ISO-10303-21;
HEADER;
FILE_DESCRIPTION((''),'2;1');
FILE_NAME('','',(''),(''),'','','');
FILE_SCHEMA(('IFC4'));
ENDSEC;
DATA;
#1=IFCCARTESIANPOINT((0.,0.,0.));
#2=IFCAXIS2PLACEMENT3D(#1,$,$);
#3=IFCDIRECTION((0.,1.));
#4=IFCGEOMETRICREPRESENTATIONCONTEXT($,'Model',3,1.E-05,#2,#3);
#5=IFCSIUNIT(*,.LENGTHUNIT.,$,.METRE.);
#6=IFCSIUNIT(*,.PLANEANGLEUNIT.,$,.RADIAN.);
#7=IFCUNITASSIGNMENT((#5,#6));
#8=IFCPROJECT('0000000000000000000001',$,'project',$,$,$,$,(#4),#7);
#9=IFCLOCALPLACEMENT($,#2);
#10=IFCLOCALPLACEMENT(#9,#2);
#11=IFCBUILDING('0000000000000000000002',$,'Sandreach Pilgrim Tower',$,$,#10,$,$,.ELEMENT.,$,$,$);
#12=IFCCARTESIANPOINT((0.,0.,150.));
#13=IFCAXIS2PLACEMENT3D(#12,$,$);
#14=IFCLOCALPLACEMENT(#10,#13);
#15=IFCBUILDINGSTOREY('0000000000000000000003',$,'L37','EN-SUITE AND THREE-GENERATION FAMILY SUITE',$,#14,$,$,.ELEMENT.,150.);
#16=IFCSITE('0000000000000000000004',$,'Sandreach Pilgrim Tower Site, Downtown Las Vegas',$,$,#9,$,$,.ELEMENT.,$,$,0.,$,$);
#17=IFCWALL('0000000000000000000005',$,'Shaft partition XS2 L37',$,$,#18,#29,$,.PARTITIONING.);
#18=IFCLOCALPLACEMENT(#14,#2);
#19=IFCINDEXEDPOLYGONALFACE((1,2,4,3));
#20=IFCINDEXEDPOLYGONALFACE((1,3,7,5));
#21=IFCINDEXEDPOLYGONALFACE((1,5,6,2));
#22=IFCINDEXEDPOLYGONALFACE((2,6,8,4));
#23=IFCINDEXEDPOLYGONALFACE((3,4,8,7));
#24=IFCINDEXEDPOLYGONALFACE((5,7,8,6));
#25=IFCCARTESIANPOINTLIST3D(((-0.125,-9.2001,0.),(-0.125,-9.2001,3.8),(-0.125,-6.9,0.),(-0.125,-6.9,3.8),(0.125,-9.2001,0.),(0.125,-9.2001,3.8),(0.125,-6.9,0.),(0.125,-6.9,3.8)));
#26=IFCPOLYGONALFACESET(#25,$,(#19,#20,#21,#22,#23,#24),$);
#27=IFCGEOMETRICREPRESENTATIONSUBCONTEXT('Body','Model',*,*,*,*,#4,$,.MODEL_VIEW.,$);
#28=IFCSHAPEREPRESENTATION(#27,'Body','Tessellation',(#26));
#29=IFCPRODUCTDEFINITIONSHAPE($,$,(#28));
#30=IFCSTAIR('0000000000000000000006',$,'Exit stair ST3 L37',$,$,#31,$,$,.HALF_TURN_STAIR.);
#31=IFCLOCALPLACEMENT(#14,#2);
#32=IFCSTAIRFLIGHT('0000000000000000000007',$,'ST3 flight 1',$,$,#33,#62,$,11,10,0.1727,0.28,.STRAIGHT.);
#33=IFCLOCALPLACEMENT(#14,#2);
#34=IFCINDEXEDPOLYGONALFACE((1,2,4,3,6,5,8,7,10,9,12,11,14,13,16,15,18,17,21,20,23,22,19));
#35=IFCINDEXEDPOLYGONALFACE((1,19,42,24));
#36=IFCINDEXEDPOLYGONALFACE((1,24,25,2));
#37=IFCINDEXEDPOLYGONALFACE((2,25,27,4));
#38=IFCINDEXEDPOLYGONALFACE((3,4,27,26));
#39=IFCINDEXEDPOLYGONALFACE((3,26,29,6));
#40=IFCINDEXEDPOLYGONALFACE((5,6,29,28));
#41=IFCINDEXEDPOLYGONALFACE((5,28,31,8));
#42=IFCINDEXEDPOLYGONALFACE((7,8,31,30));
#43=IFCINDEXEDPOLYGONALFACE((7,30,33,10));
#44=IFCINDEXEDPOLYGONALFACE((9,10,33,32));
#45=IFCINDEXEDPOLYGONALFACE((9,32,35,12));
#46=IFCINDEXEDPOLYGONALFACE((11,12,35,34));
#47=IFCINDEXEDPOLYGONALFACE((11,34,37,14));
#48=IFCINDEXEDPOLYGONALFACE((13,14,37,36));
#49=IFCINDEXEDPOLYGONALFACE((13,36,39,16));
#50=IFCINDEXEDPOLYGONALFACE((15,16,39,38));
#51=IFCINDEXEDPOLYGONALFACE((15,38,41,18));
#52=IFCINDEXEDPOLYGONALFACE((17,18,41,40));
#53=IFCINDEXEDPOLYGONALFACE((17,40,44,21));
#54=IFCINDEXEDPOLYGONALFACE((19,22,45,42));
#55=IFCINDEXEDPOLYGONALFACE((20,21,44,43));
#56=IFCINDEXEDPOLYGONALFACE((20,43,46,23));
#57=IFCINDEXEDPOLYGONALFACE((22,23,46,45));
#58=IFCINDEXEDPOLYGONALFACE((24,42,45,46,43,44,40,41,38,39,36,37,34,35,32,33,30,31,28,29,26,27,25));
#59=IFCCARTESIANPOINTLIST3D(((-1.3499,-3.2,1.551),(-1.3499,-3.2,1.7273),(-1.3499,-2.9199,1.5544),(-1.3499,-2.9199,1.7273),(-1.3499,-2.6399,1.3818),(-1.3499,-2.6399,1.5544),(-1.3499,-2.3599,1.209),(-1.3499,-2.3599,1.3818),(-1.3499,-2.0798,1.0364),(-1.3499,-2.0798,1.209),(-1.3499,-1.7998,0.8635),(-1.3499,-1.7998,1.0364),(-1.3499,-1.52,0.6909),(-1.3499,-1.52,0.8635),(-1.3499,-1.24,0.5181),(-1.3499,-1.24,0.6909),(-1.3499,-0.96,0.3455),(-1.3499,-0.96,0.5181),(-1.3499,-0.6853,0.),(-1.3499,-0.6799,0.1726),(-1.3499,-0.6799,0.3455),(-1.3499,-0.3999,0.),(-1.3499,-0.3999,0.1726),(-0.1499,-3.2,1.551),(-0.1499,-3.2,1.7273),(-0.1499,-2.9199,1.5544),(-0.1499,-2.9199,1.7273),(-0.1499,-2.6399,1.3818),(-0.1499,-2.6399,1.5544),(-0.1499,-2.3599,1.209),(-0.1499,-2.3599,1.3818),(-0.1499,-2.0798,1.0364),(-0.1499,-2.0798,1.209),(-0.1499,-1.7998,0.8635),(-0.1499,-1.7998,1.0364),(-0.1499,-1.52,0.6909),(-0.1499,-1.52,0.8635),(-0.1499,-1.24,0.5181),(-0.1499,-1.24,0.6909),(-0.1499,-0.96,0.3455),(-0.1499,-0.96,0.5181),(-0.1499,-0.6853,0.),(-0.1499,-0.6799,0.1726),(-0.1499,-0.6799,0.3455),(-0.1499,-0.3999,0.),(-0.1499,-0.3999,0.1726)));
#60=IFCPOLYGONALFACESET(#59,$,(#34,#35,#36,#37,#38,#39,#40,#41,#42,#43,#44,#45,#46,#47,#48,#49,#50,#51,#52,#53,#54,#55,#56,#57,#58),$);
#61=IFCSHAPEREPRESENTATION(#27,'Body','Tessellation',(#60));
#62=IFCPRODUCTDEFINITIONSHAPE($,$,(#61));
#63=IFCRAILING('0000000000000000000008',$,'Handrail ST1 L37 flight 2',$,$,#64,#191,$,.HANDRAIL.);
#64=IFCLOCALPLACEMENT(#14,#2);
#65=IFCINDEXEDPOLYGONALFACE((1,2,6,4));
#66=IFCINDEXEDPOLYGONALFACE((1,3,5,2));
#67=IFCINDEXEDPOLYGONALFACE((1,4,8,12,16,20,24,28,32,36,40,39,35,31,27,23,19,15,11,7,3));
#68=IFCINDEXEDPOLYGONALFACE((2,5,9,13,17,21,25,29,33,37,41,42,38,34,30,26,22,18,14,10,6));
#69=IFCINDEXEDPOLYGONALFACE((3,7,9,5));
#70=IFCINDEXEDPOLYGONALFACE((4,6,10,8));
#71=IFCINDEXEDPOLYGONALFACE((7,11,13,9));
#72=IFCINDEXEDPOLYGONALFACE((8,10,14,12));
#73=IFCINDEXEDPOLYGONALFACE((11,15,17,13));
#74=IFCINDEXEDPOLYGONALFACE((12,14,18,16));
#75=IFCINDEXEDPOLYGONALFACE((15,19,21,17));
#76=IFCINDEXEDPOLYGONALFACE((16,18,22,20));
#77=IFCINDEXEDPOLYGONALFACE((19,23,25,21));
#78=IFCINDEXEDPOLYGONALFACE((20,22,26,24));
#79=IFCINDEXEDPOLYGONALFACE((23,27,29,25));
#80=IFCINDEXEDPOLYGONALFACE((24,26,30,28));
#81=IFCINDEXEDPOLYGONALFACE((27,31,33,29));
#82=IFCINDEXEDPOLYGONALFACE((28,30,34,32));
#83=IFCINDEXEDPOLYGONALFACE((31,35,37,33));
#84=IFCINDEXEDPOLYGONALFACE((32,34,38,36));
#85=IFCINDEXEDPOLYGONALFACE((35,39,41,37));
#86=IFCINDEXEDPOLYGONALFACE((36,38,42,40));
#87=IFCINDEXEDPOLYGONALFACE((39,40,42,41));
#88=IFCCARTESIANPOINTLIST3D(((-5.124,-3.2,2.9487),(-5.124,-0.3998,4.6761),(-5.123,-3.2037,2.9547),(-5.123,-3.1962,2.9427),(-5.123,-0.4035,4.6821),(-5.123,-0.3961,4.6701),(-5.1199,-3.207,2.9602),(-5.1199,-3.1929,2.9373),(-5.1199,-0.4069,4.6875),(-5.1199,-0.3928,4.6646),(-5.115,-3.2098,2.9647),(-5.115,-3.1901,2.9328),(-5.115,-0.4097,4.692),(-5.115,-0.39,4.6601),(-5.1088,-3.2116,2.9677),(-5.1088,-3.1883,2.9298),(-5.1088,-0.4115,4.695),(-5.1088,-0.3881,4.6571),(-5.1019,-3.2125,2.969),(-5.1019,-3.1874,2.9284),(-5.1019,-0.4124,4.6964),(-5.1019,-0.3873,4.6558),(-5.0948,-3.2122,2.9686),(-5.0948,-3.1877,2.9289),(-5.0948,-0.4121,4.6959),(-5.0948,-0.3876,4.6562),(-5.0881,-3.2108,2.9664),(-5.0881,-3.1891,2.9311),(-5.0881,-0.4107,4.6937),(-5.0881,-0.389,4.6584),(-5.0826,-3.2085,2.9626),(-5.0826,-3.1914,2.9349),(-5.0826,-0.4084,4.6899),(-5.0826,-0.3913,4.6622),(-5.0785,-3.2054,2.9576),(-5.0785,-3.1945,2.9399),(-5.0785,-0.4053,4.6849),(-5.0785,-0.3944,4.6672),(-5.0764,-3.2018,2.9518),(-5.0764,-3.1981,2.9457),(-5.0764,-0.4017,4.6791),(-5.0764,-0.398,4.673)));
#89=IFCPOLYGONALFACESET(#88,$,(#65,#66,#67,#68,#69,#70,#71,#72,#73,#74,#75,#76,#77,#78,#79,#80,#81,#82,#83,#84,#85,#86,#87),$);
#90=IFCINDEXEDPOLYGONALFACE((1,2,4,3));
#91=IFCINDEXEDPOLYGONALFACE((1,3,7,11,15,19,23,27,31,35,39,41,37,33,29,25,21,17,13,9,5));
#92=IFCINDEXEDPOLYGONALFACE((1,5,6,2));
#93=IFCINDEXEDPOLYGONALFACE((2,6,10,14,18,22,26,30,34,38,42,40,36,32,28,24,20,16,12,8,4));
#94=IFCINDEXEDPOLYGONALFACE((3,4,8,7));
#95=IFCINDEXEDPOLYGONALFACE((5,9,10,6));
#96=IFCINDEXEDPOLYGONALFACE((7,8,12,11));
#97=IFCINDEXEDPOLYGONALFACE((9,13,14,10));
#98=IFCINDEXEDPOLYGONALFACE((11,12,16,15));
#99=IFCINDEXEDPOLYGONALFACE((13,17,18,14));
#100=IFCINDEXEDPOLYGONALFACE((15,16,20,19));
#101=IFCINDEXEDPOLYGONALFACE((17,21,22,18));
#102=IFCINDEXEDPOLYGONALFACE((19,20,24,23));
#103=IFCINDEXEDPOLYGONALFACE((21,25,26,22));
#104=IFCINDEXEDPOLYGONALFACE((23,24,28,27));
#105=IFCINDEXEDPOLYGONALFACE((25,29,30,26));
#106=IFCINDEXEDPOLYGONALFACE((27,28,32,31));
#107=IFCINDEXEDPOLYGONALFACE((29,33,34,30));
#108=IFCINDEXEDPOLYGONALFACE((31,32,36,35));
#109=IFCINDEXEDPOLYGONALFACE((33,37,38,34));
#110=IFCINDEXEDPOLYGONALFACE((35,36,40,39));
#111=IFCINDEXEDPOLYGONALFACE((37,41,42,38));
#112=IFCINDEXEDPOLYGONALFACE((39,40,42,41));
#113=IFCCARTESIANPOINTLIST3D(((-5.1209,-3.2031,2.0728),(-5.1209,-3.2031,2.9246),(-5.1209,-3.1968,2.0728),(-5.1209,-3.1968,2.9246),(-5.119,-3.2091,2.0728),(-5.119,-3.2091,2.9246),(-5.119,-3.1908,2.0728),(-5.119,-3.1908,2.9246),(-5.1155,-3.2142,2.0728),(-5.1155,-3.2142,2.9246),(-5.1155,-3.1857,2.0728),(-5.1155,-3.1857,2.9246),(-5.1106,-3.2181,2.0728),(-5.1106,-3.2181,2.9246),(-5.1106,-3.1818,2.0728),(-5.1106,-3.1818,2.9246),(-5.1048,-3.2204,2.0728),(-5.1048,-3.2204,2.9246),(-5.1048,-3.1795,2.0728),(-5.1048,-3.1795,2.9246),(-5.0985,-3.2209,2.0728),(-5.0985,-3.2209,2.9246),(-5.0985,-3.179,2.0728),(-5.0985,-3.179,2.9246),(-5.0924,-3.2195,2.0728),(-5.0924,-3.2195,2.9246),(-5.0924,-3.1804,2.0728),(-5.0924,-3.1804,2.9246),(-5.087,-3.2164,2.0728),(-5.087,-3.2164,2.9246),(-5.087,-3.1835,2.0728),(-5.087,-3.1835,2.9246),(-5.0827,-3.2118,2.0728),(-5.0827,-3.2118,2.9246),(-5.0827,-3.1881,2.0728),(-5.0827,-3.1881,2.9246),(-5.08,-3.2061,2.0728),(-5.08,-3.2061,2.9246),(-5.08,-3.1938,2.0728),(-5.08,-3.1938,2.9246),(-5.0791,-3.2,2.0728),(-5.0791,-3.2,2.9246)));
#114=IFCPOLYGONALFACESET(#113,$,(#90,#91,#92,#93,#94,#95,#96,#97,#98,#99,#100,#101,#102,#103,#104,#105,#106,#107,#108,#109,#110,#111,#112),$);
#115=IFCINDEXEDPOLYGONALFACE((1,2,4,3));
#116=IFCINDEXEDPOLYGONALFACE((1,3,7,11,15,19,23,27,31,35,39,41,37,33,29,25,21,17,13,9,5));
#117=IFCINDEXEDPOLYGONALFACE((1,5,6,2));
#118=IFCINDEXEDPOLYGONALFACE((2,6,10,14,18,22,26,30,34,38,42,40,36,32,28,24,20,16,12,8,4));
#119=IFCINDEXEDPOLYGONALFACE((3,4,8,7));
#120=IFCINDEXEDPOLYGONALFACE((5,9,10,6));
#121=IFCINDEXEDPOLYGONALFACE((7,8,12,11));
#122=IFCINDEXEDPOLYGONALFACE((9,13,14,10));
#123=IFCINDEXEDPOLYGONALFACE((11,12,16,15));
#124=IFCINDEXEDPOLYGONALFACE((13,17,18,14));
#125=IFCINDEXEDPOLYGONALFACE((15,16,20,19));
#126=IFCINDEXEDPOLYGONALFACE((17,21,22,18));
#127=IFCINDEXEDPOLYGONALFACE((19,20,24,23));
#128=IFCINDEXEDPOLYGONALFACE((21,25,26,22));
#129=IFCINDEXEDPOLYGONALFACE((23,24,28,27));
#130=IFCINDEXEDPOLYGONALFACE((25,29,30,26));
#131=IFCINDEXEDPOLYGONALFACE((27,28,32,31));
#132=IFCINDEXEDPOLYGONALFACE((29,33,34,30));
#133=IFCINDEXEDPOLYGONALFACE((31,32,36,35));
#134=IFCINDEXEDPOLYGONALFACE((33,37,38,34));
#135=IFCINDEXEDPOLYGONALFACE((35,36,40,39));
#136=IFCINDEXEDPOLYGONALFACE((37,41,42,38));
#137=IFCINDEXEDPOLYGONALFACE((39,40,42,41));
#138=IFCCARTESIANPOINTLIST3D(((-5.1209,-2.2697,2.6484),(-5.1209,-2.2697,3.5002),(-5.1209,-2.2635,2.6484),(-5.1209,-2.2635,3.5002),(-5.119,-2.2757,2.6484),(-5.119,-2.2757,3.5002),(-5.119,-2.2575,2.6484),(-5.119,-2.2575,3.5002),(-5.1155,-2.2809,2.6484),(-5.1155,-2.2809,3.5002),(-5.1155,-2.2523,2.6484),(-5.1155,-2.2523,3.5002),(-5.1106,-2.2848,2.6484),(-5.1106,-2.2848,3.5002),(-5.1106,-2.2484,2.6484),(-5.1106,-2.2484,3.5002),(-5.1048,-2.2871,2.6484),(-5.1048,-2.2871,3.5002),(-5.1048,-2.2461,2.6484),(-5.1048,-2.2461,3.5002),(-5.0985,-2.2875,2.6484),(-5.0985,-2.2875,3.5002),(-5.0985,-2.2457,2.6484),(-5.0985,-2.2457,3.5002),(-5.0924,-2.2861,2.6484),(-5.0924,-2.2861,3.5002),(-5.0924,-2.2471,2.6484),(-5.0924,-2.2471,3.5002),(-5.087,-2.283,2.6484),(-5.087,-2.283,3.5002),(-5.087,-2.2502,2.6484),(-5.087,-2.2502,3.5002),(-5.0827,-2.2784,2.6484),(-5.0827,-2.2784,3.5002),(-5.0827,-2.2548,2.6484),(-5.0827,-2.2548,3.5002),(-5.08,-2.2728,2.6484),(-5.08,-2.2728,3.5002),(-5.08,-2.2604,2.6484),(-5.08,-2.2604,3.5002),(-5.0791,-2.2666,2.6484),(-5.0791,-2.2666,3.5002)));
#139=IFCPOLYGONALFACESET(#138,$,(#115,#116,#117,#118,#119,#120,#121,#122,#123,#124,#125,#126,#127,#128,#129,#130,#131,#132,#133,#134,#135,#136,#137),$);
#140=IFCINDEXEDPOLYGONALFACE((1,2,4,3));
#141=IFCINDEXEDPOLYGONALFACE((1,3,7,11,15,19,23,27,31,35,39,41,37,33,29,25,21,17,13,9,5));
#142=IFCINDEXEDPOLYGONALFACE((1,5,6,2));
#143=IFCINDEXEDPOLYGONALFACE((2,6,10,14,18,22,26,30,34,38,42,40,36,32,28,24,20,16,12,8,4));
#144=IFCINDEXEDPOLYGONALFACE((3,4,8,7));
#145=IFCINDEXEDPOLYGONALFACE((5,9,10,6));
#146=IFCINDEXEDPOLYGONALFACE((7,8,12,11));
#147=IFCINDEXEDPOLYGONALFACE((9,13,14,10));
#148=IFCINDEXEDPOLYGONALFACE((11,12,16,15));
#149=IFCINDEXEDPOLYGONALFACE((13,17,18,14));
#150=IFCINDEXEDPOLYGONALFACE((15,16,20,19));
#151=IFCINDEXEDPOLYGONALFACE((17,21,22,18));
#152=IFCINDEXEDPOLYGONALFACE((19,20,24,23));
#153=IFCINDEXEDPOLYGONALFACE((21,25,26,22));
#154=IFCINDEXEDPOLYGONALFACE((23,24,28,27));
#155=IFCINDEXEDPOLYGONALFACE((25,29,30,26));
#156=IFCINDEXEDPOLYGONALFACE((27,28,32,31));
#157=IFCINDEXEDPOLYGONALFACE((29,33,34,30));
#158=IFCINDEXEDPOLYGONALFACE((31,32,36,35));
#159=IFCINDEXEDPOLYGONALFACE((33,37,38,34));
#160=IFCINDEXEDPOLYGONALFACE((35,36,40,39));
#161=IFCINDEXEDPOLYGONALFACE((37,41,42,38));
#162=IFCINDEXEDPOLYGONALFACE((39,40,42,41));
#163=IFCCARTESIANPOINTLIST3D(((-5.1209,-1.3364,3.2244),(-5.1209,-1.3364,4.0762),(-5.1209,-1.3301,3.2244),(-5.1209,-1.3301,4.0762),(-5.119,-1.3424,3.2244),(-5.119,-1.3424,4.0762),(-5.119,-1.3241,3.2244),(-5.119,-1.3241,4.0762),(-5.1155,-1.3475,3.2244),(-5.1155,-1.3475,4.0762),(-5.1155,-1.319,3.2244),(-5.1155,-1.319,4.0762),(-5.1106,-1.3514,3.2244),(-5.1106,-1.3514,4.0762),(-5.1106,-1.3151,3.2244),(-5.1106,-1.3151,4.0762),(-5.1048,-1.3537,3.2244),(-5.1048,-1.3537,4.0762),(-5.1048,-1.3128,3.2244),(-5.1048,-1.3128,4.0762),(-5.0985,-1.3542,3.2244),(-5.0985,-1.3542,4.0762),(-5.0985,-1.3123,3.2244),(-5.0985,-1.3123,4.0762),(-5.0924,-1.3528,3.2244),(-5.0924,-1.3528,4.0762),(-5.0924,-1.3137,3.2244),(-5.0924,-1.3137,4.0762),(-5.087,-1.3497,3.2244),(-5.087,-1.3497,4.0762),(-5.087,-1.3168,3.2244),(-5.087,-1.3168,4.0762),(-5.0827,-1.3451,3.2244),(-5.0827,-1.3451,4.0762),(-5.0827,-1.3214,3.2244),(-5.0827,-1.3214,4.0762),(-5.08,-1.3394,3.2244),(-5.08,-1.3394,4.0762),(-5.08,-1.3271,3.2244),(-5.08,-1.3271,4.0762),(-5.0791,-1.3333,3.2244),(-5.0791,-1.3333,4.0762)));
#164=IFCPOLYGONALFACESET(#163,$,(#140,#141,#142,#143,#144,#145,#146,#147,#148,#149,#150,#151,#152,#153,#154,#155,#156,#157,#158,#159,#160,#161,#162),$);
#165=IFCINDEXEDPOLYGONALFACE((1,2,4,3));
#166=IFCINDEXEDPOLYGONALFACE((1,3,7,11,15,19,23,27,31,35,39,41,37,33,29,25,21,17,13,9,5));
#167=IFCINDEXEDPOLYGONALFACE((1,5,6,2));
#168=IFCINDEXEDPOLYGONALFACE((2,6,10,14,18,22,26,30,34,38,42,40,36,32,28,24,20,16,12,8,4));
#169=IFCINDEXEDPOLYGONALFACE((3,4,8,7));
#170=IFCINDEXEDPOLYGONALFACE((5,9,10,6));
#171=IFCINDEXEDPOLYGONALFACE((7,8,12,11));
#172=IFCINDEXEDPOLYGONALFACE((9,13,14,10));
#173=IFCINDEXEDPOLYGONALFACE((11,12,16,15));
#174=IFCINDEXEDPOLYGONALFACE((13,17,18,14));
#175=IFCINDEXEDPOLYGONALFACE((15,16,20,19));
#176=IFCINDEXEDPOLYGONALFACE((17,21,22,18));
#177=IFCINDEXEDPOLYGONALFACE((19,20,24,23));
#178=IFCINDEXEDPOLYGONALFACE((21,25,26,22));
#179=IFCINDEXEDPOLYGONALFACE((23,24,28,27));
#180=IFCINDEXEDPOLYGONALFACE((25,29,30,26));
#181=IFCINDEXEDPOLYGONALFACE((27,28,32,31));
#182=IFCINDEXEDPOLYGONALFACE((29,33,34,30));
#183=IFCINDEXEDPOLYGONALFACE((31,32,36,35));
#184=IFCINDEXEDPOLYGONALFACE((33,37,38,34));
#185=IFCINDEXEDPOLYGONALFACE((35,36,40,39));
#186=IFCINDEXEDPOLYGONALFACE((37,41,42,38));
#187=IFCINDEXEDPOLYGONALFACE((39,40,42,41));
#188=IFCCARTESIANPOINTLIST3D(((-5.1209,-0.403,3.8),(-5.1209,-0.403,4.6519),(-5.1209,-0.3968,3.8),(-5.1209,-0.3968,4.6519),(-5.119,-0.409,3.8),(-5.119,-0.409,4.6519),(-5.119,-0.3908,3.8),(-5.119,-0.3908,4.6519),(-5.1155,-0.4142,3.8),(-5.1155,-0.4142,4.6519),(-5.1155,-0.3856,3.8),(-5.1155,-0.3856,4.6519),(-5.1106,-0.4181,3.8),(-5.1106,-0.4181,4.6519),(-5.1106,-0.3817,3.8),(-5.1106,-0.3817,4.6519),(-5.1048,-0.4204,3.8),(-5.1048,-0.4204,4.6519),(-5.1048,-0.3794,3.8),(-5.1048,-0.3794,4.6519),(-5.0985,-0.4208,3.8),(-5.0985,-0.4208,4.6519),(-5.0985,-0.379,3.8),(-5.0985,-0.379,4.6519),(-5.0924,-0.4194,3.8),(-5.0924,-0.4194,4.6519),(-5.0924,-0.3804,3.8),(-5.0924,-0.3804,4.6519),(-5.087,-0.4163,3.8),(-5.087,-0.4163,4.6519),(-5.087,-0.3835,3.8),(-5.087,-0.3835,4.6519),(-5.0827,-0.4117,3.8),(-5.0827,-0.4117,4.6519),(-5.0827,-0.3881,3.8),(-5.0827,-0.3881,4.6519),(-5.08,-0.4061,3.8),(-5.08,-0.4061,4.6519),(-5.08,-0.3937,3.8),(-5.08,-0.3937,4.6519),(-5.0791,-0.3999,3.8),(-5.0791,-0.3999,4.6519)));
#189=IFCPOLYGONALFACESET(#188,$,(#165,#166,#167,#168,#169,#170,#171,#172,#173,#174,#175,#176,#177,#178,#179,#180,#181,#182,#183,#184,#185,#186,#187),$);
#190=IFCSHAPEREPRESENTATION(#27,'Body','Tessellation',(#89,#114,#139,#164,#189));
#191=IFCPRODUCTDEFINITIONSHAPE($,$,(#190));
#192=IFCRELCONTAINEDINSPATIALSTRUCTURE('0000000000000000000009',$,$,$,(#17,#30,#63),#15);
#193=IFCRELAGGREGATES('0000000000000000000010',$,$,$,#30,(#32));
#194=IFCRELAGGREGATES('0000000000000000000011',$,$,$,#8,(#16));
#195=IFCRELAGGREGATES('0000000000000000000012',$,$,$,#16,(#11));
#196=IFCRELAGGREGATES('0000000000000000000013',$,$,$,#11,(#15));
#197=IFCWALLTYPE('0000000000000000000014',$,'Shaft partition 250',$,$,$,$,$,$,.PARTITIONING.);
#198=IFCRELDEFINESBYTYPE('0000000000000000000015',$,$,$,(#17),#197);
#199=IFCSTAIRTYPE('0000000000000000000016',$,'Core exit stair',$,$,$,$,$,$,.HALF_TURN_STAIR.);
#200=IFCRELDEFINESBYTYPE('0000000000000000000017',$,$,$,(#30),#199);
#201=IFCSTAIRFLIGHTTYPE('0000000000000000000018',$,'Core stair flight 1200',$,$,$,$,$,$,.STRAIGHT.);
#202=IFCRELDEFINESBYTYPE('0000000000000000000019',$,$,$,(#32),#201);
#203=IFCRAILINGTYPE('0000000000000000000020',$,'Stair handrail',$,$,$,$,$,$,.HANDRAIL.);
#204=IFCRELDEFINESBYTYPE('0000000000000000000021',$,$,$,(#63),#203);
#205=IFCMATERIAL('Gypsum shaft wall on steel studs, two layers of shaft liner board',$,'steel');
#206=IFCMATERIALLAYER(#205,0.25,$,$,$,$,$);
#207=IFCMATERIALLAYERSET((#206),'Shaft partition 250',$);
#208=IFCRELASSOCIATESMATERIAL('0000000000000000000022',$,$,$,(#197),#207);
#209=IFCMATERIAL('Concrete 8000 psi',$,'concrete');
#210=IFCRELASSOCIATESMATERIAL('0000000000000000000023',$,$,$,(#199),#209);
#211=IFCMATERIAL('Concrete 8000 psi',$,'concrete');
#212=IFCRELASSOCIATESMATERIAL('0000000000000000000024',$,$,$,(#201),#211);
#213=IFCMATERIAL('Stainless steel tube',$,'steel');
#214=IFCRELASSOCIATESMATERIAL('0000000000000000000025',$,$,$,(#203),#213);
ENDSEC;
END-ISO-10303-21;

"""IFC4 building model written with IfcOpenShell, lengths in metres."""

from ifc_helpers import new_model, si_unit, direction, frame, frame_2d, origin, origin_2d, place, context, subcontext, project, spatial, polyline, rectangle, circle, outline, extrude, material, layer, layer_set, type_object, element, aggregate, save


model = new_model("IFC4")

# Units and contexts
model_context = context("Model", 3, precision=1e-05, world=origin(), true_north=direction((0.0, 1.0)))
body_context = subcontext(model_context, "Body", "Model", "MODEL_VIEW")
ifc_project = project(units=[si_unit("LENGTHUNIT", "METRE"), si_unit("PLANEANGLEUNIT", "RADIAN")], contexts=[model_context])

# Site, building, storey
site_placement = place(None, origin())
site = spatial("IfcSite", under=ifc_project, at=site_placement, Name="Sandreach Pilgrim Tower Site, Downtown Las Vegas", CompositionType="ELEMENT", RefElevation=0.0)
building_placement = place(site_placement, origin())
building = spatial("IfcBuilding", under=site, at=building_placement, Name="Sandreach Pilgrim Tower", CompositionType="ELEMENT")
storey_placement = place(building_placement, frame((0.0, 0.0, 150.0)))
storey = spatial("IfcBuildingStorey", under=building, at=storey_placement, Name="L37", Description="EN-SUITE AND THREE-GENERATION FAMILY SUITE", CompositionType="ELEMENT", Elevation=150.0)

# Wall
ifc_material_1 = material(Name="Gypsum shaft wall on steel studs, two layers of shaft liner board", Category="steel")
ifc_layer_1 = layer(ifc_material_1, 0.25)
ifc_layer_set_1 = layer_set([ifc_layer_1], Name="Shaft partition 250")
wall_type_1 = type_object("IfcWallType", Name="Shaft partition 250", PredefinedType="PARTITIONING", material=ifc_layer_set_1)
wall_1_placement = place(storey_placement, frame((0.0, -9.2, 0.0), z_axis=(0.0, 0.0, 1.0), x_axis=(0.0, 1.0, 0.0)))
element("IfcWall", 1, at=wall_1_placement, inside=storey, type_object=wall_type_1, Name="Shaft partition XS2 L37", PredefinedType="PARTITIONING", context=body_context, shape_type="SweptSolid", body=[
    extrude(rectangle(XDim=2.3, YDim=0.25, at=frame_2d((1.1499, 0.0))), origin(), (0.0, 0.0, 1.0), 3.8),
])

# Stair, stair flight
ifc_material_2 = material(Name="Concrete 8000 psi", Category="concrete")
stair_type = type_object("IfcStairType", Name="Core exit stair", PredefinedType="HALF_TURN_STAIR", material=ifc_material_2)
stair_placement = place(storey_placement, origin())
stair = element("IfcStair", 2, at=stair_placement, inside=storey, type_object=stair_type, Name="Exit stair ST3 L37", PredefinedType="HALF_TURN_STAIR")
ifc_material_3 = material(Name="Concrete 8000 psi", Category="concrete")
stair_flight_type = type_object("IfcStairFlightType", Name="Core stair flight 1200", PredefinedType="STRAIGHT", material=ifc_material_3)
stair_flight_placement = place(storey_placement, frame((-0.75, -0.3999, 0.0), z_axis=(0.0, 0.0, 1.0), x_axis=(0.0, -1.0, 0.0)))
stair_flight = element("IfcStairFlight", 3, at=stair_flight_placement, type_object=stair_flight_type, Name="ST3 flight 1", NumberOfRisers=11, NumberOfTreads=10, PredefinedType="STRAIGHT", RiserHeight=0.1727, TreadLength=0.28, context=body_context, shape_type="SweptSolid", body=[
    extrude(outline(polyline([(0.0, 0.0), (0.0, 0.1726), (0.28, 0.1726), (0.28, 0.3455), (0.5601, 0.3455), (0.5601, 0.5181), (0.8401, 0.5181), (0.8401, 0.6909), (1.1201, 0.6909), (1.1201, 0.8635), (1.3999, 0.8635), (1.3999, 1.0364), (1.6799, 1.0364), (1.6799, 1.209), (1.96, 1.209), (1.96, 1.3818), (2.24, 1.3818), (2.24, 1.5544), (2.52, 1.5544), (2.52, 1.7273), (2.8, 1.7273), (2.8, 1.8999), (2.8, 1.551), (0.2854, 0.0), (0.0, 0.0)])), frame((0.0, 0.6001, 0.0), z_axis=(0.0, -1.0, 0.0), x_axis=(1.0, 0.0, 0.0)), (0.0, 0.0, 1.0), 1.2),
])
aggregate(stair, [stair_flight])

# Railing
ifc_material_4 = material(Name="Stainless steel tube", Category="steel")
railing_type = type_object("IfcRailingType", Name="Stair handrail", PredefinedType="HANDRAIL", material=ifc_material_4)
railing_placement = place(storey_placement, frame((-5.1001, -3.2, 2.0728)))
element("IfcRailing", 4, at=railing_placement, inside=storey, type_object=railing_type, Name="Handrail ST1 L37 flight 2", PredefinedType="HANDRAIL", context=body_context, shape_type="SweptSolid", body=[
    extrude(circle(Radius=0.0239, at=origin_2d()), frame((0.0, 0.0, 0.876), z_axis=(0.0, 0.85109, 0.52502), x_axis=(-1.0, 0.0, 0.0)), (0.0, 0.0, 1.0), 3.29),
    extrude(circle(Radius=0.021, at=origin_2d()), origin(), (0.0, 0.0, 1.0), 0.8518),
    extrude(circle(Radius=0.021, at=origin_2d()), frame((0.0, 0.9333, 0.5757)), (0.0, 0.0, 1.0), 0.8518),
    extrude(circle(Radius=0.021, at=origin_2d()), frame((0.0, 1.8667, 1.1516)), (0.0, 0.0, 1.0), 0.8518),
    extrude(circle(Radius=0.021, at=origin_2d()), frame((0.0, 2.8, 1.7273)), (0.0, 0.0, 1.0), 0.8518),
])

save(model, "model.ifc")
